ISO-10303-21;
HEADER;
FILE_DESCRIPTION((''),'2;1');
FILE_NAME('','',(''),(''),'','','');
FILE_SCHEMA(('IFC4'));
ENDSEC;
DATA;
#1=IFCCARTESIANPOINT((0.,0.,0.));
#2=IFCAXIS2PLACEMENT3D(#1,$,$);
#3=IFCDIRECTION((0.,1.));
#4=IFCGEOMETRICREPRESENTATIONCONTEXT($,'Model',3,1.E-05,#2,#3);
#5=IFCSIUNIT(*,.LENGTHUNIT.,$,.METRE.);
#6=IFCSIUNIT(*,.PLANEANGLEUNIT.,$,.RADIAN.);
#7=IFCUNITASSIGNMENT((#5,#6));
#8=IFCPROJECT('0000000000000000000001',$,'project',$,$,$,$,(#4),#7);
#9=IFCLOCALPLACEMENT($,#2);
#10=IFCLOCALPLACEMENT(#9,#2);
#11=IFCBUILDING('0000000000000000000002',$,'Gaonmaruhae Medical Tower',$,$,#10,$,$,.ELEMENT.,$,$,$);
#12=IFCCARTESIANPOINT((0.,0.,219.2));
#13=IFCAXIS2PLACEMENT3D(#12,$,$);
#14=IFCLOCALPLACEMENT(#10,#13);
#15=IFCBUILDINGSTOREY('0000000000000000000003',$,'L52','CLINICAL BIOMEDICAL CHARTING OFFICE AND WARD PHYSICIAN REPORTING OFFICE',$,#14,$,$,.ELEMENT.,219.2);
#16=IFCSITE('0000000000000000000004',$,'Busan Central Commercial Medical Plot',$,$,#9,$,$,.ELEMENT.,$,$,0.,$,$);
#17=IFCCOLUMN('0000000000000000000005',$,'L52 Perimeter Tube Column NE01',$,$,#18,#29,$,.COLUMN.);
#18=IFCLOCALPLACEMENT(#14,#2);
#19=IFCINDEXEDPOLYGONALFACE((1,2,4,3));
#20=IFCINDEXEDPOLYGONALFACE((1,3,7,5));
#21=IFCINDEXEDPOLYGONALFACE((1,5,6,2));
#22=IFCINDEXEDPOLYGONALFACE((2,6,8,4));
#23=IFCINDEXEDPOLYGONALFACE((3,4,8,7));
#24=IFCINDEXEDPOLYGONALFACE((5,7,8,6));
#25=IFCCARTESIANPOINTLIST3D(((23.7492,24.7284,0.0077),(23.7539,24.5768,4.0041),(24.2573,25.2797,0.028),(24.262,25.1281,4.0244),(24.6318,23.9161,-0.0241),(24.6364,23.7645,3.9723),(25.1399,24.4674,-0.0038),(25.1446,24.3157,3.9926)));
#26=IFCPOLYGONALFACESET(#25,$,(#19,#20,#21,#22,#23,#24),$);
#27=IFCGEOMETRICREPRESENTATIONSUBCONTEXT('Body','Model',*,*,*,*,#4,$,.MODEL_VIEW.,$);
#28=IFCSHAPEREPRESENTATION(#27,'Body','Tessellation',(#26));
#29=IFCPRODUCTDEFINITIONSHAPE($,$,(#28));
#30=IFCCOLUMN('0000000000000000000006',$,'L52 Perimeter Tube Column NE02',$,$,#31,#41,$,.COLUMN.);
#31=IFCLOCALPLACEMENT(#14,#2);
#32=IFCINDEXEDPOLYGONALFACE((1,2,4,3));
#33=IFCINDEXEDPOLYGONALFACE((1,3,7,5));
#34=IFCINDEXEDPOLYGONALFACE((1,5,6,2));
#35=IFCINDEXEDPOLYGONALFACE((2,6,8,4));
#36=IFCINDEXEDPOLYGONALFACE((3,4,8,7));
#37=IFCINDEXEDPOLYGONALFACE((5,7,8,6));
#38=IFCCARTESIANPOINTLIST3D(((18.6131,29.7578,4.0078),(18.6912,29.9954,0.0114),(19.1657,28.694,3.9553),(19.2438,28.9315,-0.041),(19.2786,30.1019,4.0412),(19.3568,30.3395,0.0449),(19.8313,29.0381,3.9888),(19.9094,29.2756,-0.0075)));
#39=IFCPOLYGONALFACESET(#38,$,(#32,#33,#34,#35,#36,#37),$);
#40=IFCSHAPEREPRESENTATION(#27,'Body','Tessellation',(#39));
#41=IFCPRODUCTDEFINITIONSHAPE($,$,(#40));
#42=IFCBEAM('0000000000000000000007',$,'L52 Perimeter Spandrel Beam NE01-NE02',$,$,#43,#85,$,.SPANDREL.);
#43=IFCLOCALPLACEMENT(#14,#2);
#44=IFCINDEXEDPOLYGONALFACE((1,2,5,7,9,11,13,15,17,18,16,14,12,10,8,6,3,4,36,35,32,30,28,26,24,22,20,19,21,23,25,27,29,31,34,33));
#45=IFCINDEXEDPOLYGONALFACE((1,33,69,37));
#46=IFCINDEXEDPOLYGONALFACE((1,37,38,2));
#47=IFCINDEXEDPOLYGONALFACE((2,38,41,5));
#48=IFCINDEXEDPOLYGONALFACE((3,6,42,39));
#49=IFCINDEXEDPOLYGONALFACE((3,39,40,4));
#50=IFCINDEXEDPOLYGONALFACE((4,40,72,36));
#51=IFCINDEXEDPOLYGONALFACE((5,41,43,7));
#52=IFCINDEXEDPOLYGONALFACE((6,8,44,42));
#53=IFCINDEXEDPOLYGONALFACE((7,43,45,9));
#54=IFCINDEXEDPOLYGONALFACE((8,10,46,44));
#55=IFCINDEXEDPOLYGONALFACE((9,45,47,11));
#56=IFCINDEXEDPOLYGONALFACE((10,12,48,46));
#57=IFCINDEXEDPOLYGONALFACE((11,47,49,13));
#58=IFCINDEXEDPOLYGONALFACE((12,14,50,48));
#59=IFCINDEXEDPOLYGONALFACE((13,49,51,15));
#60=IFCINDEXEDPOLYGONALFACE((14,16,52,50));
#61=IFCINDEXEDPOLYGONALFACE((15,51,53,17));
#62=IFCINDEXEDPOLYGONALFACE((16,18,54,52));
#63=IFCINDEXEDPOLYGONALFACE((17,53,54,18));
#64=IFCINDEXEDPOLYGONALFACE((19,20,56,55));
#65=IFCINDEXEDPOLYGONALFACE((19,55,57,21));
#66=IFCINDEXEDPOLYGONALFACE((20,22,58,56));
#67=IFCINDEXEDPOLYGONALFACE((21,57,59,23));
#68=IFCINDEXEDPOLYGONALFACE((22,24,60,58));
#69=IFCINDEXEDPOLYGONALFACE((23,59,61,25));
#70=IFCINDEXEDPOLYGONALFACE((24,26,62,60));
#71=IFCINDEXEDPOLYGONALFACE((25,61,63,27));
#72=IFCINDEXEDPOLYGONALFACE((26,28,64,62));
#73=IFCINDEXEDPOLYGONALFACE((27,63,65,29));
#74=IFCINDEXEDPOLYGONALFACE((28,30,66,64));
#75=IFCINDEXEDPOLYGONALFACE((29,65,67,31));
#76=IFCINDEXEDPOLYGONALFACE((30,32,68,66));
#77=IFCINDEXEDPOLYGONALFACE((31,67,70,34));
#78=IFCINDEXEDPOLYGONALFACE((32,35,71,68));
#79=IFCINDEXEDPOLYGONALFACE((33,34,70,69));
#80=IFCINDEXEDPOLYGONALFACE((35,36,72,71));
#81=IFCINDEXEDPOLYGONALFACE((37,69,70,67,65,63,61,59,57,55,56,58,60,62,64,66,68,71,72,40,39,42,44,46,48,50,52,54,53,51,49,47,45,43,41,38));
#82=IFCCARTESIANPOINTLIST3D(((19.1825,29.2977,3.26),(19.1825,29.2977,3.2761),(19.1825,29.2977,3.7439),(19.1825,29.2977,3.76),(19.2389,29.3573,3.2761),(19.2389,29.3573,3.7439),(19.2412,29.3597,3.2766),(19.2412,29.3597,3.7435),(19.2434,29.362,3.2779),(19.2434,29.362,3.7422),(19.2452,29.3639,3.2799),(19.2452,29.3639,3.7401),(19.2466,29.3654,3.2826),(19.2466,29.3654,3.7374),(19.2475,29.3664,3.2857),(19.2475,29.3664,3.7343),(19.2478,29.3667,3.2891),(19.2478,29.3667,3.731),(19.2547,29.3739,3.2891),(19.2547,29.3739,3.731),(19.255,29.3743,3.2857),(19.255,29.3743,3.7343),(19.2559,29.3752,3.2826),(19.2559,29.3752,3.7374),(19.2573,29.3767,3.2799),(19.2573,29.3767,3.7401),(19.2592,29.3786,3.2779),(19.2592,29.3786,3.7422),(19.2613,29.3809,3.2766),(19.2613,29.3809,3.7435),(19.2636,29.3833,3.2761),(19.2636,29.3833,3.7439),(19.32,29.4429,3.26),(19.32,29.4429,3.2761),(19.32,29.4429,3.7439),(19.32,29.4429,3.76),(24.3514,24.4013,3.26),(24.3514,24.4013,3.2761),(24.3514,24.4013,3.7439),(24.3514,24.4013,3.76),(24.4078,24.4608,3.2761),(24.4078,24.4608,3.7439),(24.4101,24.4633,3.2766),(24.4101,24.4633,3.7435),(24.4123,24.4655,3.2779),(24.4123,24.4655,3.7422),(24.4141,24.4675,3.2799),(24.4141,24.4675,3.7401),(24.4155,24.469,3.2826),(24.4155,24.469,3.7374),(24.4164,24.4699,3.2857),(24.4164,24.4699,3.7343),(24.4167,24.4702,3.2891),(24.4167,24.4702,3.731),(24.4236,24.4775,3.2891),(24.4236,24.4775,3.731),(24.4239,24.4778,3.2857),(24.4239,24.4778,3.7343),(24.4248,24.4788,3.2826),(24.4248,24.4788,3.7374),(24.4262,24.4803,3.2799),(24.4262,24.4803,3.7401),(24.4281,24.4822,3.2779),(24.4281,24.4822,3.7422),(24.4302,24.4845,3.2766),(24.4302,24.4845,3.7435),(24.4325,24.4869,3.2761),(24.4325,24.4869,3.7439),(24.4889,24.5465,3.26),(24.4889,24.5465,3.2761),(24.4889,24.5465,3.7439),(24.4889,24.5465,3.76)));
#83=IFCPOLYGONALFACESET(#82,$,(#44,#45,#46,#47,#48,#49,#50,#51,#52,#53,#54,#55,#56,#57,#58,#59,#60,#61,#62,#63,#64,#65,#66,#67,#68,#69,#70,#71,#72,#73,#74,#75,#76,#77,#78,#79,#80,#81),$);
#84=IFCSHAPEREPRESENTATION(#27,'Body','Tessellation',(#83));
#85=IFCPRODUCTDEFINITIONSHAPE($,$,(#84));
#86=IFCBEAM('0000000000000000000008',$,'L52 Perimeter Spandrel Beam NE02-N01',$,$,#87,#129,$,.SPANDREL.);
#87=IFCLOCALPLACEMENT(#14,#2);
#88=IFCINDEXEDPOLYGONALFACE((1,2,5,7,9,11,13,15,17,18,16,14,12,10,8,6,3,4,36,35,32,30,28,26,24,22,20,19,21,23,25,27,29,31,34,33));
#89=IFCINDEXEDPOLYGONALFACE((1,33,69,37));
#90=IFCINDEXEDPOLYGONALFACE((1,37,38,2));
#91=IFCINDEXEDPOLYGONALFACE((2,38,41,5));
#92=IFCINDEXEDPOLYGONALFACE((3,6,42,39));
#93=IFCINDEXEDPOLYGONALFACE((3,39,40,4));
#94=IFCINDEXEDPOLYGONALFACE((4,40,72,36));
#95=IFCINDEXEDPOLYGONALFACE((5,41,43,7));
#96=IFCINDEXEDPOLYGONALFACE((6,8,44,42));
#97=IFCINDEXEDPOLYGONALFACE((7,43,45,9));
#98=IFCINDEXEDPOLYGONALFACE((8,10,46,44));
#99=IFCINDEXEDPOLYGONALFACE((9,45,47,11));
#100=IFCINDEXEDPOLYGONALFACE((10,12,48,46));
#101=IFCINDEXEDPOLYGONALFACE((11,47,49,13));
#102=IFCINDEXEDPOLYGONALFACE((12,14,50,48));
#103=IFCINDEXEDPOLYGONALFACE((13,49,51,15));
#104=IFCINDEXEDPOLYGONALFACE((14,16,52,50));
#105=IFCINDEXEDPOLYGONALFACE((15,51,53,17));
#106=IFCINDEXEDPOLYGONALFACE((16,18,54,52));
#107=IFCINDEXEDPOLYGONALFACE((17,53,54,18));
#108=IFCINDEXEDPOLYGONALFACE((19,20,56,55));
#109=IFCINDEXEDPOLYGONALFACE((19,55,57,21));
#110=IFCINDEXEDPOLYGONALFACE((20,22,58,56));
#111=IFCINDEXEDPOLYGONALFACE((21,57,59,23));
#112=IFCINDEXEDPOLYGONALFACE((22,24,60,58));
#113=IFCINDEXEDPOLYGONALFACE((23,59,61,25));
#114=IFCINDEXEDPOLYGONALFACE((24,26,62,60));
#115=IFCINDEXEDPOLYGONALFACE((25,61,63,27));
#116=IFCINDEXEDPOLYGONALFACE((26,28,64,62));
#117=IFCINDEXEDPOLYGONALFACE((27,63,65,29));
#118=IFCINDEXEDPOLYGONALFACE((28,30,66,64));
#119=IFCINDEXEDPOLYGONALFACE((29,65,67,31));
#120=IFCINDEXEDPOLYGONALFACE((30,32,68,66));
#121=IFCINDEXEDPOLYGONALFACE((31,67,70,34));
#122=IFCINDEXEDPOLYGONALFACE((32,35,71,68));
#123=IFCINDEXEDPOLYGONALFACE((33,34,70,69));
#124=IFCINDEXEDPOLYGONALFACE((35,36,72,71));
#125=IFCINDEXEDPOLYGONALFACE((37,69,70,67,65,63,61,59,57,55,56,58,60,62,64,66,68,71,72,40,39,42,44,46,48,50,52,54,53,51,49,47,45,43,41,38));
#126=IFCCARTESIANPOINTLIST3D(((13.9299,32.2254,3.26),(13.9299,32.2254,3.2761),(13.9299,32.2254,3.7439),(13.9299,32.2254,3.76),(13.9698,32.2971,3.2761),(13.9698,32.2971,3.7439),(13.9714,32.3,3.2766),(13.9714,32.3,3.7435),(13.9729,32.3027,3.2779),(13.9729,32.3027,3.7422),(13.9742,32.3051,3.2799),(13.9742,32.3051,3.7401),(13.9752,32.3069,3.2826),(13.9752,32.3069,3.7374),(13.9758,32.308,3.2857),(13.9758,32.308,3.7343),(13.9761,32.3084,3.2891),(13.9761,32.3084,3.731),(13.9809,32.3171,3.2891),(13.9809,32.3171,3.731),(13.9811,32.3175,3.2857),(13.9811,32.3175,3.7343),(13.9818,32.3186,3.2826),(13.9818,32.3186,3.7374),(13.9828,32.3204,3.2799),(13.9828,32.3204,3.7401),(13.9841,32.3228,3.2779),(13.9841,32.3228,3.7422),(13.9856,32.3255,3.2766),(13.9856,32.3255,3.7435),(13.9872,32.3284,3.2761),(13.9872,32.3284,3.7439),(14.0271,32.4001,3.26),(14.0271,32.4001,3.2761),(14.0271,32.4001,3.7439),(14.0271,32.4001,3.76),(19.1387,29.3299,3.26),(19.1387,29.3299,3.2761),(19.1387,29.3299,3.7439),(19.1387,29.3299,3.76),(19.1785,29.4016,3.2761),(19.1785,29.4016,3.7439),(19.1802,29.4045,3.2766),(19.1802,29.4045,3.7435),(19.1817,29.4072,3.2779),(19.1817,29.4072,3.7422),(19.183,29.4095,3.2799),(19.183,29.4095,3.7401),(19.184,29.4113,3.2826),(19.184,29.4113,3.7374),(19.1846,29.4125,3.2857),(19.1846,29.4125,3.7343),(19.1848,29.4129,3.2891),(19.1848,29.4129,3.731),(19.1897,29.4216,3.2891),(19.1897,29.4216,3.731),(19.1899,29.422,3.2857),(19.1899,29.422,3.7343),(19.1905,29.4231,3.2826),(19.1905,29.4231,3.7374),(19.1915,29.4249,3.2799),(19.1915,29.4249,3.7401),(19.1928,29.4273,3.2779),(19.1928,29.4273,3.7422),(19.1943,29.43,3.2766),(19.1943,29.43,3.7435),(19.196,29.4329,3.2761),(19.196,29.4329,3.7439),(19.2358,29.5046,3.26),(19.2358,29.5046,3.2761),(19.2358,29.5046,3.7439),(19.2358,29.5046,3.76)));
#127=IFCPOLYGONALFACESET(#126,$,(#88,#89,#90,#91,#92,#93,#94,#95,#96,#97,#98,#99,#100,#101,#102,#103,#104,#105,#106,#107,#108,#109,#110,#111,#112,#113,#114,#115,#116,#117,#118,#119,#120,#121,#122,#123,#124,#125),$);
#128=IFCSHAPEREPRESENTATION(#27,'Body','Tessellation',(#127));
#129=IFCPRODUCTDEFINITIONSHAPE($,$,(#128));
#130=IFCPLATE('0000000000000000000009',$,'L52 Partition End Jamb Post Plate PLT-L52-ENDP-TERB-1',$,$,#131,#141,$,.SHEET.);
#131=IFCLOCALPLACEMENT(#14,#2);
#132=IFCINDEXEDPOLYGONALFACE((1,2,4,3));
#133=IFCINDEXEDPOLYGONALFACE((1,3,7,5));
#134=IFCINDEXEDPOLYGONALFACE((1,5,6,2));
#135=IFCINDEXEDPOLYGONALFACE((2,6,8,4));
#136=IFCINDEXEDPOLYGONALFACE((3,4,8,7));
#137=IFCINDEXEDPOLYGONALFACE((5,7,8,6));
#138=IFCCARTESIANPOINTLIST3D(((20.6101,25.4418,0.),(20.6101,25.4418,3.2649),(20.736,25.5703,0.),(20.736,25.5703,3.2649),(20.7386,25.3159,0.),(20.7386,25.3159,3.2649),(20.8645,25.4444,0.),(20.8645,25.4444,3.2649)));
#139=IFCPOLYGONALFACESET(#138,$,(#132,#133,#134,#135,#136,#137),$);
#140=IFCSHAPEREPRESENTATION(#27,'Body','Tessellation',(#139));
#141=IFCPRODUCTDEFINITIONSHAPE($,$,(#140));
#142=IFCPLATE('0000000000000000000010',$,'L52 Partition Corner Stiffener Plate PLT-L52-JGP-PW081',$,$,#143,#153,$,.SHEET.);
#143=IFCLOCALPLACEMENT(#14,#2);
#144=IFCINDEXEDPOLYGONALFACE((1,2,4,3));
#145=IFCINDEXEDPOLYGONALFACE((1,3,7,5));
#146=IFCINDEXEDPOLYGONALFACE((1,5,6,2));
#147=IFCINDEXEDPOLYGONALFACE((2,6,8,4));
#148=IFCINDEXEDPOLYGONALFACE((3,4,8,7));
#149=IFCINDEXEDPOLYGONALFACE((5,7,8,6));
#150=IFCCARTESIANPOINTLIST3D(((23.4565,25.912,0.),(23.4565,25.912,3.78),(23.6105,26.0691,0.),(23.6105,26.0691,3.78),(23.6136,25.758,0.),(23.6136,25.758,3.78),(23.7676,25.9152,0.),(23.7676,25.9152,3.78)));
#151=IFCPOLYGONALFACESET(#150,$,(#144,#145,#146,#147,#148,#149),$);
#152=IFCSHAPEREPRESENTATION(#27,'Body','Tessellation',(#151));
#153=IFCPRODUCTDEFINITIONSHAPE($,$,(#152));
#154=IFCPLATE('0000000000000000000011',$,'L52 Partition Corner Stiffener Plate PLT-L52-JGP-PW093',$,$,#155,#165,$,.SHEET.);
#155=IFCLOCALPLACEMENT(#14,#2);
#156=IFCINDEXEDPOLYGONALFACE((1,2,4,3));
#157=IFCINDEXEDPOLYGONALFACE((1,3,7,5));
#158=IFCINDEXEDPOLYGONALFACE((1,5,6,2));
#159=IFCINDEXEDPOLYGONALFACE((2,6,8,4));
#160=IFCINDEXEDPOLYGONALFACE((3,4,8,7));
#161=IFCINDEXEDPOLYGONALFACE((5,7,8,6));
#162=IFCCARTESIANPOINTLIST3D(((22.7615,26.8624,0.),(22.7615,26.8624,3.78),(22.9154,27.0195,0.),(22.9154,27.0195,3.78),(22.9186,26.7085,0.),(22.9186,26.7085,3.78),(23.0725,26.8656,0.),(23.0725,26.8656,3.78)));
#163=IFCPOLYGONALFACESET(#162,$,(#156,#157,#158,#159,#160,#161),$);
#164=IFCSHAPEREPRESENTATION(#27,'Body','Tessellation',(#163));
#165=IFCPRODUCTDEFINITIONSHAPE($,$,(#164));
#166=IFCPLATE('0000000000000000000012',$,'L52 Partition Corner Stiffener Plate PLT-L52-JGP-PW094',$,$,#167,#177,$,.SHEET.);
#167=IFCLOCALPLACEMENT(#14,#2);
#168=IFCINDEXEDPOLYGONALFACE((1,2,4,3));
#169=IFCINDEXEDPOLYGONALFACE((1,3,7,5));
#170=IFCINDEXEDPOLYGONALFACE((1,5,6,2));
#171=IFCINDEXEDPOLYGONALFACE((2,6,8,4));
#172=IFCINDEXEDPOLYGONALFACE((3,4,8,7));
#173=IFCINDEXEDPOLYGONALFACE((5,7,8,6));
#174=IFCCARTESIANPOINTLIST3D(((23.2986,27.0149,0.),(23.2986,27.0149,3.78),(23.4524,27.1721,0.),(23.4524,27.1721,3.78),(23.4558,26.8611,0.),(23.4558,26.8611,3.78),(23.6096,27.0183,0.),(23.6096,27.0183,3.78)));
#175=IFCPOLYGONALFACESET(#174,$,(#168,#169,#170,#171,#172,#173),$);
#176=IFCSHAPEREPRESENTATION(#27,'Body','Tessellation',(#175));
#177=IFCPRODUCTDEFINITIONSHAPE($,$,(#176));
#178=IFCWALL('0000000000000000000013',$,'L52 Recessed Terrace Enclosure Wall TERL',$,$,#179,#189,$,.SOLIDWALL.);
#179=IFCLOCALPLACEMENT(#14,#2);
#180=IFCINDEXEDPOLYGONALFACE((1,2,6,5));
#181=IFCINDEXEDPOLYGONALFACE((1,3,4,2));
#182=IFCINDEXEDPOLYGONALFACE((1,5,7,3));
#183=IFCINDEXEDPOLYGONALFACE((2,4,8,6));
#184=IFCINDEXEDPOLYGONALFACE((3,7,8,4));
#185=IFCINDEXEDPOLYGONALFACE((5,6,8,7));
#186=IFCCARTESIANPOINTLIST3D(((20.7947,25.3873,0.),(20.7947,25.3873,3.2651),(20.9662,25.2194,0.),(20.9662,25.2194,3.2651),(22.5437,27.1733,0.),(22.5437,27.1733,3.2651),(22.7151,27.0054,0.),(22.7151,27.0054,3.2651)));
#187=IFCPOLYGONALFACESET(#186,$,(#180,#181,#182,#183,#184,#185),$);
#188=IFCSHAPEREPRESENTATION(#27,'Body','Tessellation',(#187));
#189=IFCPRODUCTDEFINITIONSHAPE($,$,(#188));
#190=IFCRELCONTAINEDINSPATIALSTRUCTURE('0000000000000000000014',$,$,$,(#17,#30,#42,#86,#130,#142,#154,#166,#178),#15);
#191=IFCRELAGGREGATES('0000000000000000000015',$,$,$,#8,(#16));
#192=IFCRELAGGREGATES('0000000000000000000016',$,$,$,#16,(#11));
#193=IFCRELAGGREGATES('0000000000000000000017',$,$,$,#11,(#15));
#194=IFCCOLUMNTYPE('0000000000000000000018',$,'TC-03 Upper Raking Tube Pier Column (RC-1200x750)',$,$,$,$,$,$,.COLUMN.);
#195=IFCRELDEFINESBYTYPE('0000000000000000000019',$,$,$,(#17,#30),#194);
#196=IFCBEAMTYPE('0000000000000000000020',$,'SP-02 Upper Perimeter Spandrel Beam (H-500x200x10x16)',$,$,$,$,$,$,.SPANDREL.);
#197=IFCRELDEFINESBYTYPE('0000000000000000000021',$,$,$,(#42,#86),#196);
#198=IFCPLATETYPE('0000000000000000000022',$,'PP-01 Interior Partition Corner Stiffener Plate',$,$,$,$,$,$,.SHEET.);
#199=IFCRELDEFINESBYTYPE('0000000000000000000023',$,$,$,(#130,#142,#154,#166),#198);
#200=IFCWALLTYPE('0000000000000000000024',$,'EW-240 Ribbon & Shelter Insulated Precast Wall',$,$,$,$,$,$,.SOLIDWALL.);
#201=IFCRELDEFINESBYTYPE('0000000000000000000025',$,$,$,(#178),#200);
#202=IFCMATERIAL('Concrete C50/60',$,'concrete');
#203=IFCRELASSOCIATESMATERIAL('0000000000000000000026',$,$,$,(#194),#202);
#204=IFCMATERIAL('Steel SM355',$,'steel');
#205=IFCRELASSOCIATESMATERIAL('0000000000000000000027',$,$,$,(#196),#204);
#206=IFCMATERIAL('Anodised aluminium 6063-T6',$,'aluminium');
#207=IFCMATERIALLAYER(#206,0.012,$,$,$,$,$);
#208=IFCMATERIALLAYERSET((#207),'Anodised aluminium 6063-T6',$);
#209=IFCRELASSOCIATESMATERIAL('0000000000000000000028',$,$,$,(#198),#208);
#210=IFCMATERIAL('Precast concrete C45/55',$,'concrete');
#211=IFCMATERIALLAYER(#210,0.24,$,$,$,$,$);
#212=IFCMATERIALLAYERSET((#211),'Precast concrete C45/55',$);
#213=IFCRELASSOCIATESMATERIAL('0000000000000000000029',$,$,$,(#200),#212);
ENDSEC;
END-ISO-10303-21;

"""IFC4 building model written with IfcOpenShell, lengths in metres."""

from ifc_helpers import new_model, si_unit, direction, frame, frame_2d, origin, origin_2d, place, context, subcontext, project, spatial, rectangle, i_section, extrude, material, layer, layer_set, material_profile, profile_set, type_object, element, save


model = new_model("IFC4")

# Units and contexts
model_context = context("Model", 3, precision=1e-05, world=origin(), true_north=direction((0.0, 1.0)))
body_context = subcontext(model_context, "Body", "Model", "MODEL_VIEW")
ifc_project = project(units=[si_unit("LENGTHUNIT", "METRE"), si_unit("PLANEANGLEUNIT", "RADIAN")], contexts=[model_context])

# Site, building, storey
site_placement = place(None, origin())
site = spatial("IfcSite", under=ifc_project, at=site_placement, Name="Busan Central Commercial Medical Plot", CompositionType="ELEMENT", RefElevation=0.0)
building_placement = place(site_placement, origin())
building = spatial("IfcBuilding", under=site, at=building_placement, Name="Gaonmaruhae Medical Tower", CompositionType="ELEMENT")
storey_placement = place(building_placement, frame((0.0, 0.0, 219.2)))
storey = spatial("IfcBuildingStorey", under=building, at=storey_placement, Name="L52", Description="CLINICAL BIOMEDICAL CHARTING OFFICE AND WARD PHYSICIAN REPORTING OFFICE", CompositionType="ELEMENT", Elevation=219.2)

# Columns
ifc_material_1 = material(Name="Concrete C50/60", Category="concrete")
ifc_material_profile_1 = material_profile(ifc_material_1, rectangle(XDim=1.2, YDim=0.75, at=origin_2d()), Name="RC-1200x750")
ifc_profile_set_1 = profile_set([ifc_material_profile_1], Name="Concrete C50/60")
column_type = type_object("IfcColumnType", Name="TC-03 Upper Raking Tube Pier Column (RC-1200x750)", PredefinedType="COLUMN", material=ifc_profile_set_1)
column_1_placement = place(storey_placement, frame((24.4446, 24.5979, 0.002), z_axis=(0.00116, -0.03791, 0.99928), x_axis=(-0.73552, 0.676983, 0.026537)))
element("IfcColumn", 1, at=column_1_placement, inside=storey, type_object=column_type, Name="L52 Perimeter Tube Column NE01", PredefinedType="COLUMN", context=body_context, shape_type="SweptSolid", body=[
    extrude(rectangle(XDim=1.2, YDim=0.75, at=origin_2d()), origin(), (0.0, 0.0, 1.0), 3.9993),
])
column_2_placement = place(storey_placement, frame((19.3003, 29.6355, 0.002), z_axis=(-0.019511, -0.059326, 0.998048), x_axis=(-0.460549, 0.886558, 0.043695)))
element("IfcColumn", 2, at=column_2_placement, inside=storey, type_object=column_type, Name="L52 Perimeter Tube Column NE02", PredefinedType="COLUMN", context=body_context, shape_type="SweptSolid", body=[
    extrude(rectangle(XDim=1.2, YDim=0.75, at=origin_2d()), origin(), (0.0, 0.0, 1.0), 4.0042),
])

# Beams
ifc_material_2 = material(Name="Steel SM355", Category="steel")
ifc_material_profile_2 = material_profile(ifc_material_2, i_section(OverallWidth=0.2, OverallDepth=0.5, WebThickness=0.01, FlangeThickness=0.0161, FilletRadius=0.0129, at=origin_2d()), Name="H-500x200x10x16")
ifc_profile_set_2 = profile_set([ifc_material_profile_2], Name="Steel SM355")
beam_type = type_object("IfcBeamType", Name="SP-02 Upper Perimeter Spandrel Beam (H-500x200x10x16)", PredefinedType="SPANDREL", material=ifc_profile_set_2)
beam_1_placement = place(storey_placement, frame((24.4202, 24.4739, 3.51), z_axis=(-0.725982, 0.687714, 0.0), x_axis=(-0.687714, -0.725982, 0.0)))
element("IfcBeam", 3, at=beam_1_placement, inside=storey, type_object=beam_type, Name="L52 Perimeter Spandrel Beam NE01-NE02", PredefinedType="SPANDREL", context=body_context, shape_type="SweptSolid", body=[
    extrude(i_section(OverallWidth=0.2, OverallDepth=0.5, WebThickness=0.01, FlangeThickness=0.0161, FilletRadius=0.0129, at=origin_2d()), origin(), (0.0, 0.0, 1.0), 7.1199),
])
beam_2_placement = place(storey_placement, frame((19.1873, 29.4172, 3.51), z_axis=(-0.874032, 0.485869, 0.0), x_axis=(-0.485869, -0.874032, 0.0)))
element("IfcBeam", 4, at=beam_2_placement, inside=storey, type_object=beam_type, Name="L52 Perimeter Spandrel Beam NE02-N01", PredefinedType="SPANDREL", context=body_context, shape_type="SweptSolid", body=[
    extrude(i_section(OverallWidth=0.2, OverallDepth=0.5, WebThickness=0.01, FlangeThickness=0.0161, FilletRadius=0.0129, at=origin_2d()), origin(), (0.0, 0.0, 1.0), 5.9595),
])

# Plates
ifc_material_3 = material(Name="Anodised aluminium 6063-T6", Category="aluminium")
ifc_layer_1 = layer(ifc_material_3, 0.012)
ifc_layer_set_1 = layer_set([ifc_layer_1], Name="Anodised aluminium 6063-T6")
plate_type = type_object("IfcPlateType", Name="PP-01 Interior Partition Corner Stiffener Plate", PredefinedType="SHEET", material=ifc_layer_set_1)
plate_placement = place(storey_placement, frame((20.7373, 25.4431, 0.0), z_axis=(0.0, 0.0, 1.0), x_axis=(0.714473, -0.699663, 0.0)))
element("IfcPlate", 5, at=plate_placement, inside=storey, type_object=plate_type, Name="L52 Partition End Jamb Post Plate PLT-L52-ENDP-TERB-1", PredefinedType="SHEET", context=body_context, shape_type="SweptSolid", body=[
    extrude(rectangle(XDim=0.1799, YDim=0.1799, at=origin_2d()), origin(), (0.0, 0.0, 1.0), 3.2649),
])
for number, where, z_axis, x_axis, name in (
    (6, (23.6121, 25.9136, 0.0), (0.0, 0.0, 1.0), (0.699863, 0.714277, 0.0), "L52 Partition Corner Stiffener Plate PLT-L52-JGP-PW081"),
    (7, (22.917, 26.864, 0.0), (0.0, 0.0, 1.0), (0.714289, -0.69985, 0.0), "L52 Partition Corner Stiffener Plate PLT-L52-JGP-PW093"),
    (8, (23.4541, 27.0166, 0.0), (0.0, 0.0, 1.0), (0.699327, 0.714802, 0.0), "L52 Partition Corner Stiffener Plate PLT-L52-JGP-PW094"),
):
    element("IfcPlate", number, at=place(storey_placement, frame(where, z_axis=z_axis, x_axis=x_axis)), inside=storey, type_object=plate_type, Name=name, PredefinedType="SHEET", context=body_context, shape_type="SweptSolid", body=[
        extrude(rectangle(XDim=0.22, YDim=0.22, at=origin_2d()), origin(), (0.0, 0.0, 1.0), 3.78),
    ])

# Wall
ifc_material_4 = material(Name="Precast concrete C45/55", Category="concrete")
ifc_layer_2 = layer(ifc_material_4, 0.24)
ifc_layer_set_2 = layer_set([ifc_layer_2], Name="Precast concrete C45/55")
wall_type_1 = type_object("IfcWallType", Name="EW-240 Ribbon & Shelter Insulated Precast Wall", PredefinedType="SOLIDWALL", material=ifc_layer_set_2)
wall_1_placement = place(storey_placement, frame((20.8804, 25.3032, 0.0), z_axis=(0.0, 0.0, 1.0), x_axis=(0.699646, 0.71449, 0.0)))
element("IfcWall", 9, at=wall_1_placement, inside=storey, type_object=wall_type_1, Name="L52 Recessed Terrace Enclosure Wall TERL", PredefinedType="SOLIDWALL", context=body_context, shape_type="SweptSolid", body=[
    extrude(rectangle(XDim=2.4998, YDim=0.24, at=frame_2d((1.25, 0.0))), origin(), (0.0, 0.0, 1.0), 3.2651),
])

save(model, "model.ifc")
